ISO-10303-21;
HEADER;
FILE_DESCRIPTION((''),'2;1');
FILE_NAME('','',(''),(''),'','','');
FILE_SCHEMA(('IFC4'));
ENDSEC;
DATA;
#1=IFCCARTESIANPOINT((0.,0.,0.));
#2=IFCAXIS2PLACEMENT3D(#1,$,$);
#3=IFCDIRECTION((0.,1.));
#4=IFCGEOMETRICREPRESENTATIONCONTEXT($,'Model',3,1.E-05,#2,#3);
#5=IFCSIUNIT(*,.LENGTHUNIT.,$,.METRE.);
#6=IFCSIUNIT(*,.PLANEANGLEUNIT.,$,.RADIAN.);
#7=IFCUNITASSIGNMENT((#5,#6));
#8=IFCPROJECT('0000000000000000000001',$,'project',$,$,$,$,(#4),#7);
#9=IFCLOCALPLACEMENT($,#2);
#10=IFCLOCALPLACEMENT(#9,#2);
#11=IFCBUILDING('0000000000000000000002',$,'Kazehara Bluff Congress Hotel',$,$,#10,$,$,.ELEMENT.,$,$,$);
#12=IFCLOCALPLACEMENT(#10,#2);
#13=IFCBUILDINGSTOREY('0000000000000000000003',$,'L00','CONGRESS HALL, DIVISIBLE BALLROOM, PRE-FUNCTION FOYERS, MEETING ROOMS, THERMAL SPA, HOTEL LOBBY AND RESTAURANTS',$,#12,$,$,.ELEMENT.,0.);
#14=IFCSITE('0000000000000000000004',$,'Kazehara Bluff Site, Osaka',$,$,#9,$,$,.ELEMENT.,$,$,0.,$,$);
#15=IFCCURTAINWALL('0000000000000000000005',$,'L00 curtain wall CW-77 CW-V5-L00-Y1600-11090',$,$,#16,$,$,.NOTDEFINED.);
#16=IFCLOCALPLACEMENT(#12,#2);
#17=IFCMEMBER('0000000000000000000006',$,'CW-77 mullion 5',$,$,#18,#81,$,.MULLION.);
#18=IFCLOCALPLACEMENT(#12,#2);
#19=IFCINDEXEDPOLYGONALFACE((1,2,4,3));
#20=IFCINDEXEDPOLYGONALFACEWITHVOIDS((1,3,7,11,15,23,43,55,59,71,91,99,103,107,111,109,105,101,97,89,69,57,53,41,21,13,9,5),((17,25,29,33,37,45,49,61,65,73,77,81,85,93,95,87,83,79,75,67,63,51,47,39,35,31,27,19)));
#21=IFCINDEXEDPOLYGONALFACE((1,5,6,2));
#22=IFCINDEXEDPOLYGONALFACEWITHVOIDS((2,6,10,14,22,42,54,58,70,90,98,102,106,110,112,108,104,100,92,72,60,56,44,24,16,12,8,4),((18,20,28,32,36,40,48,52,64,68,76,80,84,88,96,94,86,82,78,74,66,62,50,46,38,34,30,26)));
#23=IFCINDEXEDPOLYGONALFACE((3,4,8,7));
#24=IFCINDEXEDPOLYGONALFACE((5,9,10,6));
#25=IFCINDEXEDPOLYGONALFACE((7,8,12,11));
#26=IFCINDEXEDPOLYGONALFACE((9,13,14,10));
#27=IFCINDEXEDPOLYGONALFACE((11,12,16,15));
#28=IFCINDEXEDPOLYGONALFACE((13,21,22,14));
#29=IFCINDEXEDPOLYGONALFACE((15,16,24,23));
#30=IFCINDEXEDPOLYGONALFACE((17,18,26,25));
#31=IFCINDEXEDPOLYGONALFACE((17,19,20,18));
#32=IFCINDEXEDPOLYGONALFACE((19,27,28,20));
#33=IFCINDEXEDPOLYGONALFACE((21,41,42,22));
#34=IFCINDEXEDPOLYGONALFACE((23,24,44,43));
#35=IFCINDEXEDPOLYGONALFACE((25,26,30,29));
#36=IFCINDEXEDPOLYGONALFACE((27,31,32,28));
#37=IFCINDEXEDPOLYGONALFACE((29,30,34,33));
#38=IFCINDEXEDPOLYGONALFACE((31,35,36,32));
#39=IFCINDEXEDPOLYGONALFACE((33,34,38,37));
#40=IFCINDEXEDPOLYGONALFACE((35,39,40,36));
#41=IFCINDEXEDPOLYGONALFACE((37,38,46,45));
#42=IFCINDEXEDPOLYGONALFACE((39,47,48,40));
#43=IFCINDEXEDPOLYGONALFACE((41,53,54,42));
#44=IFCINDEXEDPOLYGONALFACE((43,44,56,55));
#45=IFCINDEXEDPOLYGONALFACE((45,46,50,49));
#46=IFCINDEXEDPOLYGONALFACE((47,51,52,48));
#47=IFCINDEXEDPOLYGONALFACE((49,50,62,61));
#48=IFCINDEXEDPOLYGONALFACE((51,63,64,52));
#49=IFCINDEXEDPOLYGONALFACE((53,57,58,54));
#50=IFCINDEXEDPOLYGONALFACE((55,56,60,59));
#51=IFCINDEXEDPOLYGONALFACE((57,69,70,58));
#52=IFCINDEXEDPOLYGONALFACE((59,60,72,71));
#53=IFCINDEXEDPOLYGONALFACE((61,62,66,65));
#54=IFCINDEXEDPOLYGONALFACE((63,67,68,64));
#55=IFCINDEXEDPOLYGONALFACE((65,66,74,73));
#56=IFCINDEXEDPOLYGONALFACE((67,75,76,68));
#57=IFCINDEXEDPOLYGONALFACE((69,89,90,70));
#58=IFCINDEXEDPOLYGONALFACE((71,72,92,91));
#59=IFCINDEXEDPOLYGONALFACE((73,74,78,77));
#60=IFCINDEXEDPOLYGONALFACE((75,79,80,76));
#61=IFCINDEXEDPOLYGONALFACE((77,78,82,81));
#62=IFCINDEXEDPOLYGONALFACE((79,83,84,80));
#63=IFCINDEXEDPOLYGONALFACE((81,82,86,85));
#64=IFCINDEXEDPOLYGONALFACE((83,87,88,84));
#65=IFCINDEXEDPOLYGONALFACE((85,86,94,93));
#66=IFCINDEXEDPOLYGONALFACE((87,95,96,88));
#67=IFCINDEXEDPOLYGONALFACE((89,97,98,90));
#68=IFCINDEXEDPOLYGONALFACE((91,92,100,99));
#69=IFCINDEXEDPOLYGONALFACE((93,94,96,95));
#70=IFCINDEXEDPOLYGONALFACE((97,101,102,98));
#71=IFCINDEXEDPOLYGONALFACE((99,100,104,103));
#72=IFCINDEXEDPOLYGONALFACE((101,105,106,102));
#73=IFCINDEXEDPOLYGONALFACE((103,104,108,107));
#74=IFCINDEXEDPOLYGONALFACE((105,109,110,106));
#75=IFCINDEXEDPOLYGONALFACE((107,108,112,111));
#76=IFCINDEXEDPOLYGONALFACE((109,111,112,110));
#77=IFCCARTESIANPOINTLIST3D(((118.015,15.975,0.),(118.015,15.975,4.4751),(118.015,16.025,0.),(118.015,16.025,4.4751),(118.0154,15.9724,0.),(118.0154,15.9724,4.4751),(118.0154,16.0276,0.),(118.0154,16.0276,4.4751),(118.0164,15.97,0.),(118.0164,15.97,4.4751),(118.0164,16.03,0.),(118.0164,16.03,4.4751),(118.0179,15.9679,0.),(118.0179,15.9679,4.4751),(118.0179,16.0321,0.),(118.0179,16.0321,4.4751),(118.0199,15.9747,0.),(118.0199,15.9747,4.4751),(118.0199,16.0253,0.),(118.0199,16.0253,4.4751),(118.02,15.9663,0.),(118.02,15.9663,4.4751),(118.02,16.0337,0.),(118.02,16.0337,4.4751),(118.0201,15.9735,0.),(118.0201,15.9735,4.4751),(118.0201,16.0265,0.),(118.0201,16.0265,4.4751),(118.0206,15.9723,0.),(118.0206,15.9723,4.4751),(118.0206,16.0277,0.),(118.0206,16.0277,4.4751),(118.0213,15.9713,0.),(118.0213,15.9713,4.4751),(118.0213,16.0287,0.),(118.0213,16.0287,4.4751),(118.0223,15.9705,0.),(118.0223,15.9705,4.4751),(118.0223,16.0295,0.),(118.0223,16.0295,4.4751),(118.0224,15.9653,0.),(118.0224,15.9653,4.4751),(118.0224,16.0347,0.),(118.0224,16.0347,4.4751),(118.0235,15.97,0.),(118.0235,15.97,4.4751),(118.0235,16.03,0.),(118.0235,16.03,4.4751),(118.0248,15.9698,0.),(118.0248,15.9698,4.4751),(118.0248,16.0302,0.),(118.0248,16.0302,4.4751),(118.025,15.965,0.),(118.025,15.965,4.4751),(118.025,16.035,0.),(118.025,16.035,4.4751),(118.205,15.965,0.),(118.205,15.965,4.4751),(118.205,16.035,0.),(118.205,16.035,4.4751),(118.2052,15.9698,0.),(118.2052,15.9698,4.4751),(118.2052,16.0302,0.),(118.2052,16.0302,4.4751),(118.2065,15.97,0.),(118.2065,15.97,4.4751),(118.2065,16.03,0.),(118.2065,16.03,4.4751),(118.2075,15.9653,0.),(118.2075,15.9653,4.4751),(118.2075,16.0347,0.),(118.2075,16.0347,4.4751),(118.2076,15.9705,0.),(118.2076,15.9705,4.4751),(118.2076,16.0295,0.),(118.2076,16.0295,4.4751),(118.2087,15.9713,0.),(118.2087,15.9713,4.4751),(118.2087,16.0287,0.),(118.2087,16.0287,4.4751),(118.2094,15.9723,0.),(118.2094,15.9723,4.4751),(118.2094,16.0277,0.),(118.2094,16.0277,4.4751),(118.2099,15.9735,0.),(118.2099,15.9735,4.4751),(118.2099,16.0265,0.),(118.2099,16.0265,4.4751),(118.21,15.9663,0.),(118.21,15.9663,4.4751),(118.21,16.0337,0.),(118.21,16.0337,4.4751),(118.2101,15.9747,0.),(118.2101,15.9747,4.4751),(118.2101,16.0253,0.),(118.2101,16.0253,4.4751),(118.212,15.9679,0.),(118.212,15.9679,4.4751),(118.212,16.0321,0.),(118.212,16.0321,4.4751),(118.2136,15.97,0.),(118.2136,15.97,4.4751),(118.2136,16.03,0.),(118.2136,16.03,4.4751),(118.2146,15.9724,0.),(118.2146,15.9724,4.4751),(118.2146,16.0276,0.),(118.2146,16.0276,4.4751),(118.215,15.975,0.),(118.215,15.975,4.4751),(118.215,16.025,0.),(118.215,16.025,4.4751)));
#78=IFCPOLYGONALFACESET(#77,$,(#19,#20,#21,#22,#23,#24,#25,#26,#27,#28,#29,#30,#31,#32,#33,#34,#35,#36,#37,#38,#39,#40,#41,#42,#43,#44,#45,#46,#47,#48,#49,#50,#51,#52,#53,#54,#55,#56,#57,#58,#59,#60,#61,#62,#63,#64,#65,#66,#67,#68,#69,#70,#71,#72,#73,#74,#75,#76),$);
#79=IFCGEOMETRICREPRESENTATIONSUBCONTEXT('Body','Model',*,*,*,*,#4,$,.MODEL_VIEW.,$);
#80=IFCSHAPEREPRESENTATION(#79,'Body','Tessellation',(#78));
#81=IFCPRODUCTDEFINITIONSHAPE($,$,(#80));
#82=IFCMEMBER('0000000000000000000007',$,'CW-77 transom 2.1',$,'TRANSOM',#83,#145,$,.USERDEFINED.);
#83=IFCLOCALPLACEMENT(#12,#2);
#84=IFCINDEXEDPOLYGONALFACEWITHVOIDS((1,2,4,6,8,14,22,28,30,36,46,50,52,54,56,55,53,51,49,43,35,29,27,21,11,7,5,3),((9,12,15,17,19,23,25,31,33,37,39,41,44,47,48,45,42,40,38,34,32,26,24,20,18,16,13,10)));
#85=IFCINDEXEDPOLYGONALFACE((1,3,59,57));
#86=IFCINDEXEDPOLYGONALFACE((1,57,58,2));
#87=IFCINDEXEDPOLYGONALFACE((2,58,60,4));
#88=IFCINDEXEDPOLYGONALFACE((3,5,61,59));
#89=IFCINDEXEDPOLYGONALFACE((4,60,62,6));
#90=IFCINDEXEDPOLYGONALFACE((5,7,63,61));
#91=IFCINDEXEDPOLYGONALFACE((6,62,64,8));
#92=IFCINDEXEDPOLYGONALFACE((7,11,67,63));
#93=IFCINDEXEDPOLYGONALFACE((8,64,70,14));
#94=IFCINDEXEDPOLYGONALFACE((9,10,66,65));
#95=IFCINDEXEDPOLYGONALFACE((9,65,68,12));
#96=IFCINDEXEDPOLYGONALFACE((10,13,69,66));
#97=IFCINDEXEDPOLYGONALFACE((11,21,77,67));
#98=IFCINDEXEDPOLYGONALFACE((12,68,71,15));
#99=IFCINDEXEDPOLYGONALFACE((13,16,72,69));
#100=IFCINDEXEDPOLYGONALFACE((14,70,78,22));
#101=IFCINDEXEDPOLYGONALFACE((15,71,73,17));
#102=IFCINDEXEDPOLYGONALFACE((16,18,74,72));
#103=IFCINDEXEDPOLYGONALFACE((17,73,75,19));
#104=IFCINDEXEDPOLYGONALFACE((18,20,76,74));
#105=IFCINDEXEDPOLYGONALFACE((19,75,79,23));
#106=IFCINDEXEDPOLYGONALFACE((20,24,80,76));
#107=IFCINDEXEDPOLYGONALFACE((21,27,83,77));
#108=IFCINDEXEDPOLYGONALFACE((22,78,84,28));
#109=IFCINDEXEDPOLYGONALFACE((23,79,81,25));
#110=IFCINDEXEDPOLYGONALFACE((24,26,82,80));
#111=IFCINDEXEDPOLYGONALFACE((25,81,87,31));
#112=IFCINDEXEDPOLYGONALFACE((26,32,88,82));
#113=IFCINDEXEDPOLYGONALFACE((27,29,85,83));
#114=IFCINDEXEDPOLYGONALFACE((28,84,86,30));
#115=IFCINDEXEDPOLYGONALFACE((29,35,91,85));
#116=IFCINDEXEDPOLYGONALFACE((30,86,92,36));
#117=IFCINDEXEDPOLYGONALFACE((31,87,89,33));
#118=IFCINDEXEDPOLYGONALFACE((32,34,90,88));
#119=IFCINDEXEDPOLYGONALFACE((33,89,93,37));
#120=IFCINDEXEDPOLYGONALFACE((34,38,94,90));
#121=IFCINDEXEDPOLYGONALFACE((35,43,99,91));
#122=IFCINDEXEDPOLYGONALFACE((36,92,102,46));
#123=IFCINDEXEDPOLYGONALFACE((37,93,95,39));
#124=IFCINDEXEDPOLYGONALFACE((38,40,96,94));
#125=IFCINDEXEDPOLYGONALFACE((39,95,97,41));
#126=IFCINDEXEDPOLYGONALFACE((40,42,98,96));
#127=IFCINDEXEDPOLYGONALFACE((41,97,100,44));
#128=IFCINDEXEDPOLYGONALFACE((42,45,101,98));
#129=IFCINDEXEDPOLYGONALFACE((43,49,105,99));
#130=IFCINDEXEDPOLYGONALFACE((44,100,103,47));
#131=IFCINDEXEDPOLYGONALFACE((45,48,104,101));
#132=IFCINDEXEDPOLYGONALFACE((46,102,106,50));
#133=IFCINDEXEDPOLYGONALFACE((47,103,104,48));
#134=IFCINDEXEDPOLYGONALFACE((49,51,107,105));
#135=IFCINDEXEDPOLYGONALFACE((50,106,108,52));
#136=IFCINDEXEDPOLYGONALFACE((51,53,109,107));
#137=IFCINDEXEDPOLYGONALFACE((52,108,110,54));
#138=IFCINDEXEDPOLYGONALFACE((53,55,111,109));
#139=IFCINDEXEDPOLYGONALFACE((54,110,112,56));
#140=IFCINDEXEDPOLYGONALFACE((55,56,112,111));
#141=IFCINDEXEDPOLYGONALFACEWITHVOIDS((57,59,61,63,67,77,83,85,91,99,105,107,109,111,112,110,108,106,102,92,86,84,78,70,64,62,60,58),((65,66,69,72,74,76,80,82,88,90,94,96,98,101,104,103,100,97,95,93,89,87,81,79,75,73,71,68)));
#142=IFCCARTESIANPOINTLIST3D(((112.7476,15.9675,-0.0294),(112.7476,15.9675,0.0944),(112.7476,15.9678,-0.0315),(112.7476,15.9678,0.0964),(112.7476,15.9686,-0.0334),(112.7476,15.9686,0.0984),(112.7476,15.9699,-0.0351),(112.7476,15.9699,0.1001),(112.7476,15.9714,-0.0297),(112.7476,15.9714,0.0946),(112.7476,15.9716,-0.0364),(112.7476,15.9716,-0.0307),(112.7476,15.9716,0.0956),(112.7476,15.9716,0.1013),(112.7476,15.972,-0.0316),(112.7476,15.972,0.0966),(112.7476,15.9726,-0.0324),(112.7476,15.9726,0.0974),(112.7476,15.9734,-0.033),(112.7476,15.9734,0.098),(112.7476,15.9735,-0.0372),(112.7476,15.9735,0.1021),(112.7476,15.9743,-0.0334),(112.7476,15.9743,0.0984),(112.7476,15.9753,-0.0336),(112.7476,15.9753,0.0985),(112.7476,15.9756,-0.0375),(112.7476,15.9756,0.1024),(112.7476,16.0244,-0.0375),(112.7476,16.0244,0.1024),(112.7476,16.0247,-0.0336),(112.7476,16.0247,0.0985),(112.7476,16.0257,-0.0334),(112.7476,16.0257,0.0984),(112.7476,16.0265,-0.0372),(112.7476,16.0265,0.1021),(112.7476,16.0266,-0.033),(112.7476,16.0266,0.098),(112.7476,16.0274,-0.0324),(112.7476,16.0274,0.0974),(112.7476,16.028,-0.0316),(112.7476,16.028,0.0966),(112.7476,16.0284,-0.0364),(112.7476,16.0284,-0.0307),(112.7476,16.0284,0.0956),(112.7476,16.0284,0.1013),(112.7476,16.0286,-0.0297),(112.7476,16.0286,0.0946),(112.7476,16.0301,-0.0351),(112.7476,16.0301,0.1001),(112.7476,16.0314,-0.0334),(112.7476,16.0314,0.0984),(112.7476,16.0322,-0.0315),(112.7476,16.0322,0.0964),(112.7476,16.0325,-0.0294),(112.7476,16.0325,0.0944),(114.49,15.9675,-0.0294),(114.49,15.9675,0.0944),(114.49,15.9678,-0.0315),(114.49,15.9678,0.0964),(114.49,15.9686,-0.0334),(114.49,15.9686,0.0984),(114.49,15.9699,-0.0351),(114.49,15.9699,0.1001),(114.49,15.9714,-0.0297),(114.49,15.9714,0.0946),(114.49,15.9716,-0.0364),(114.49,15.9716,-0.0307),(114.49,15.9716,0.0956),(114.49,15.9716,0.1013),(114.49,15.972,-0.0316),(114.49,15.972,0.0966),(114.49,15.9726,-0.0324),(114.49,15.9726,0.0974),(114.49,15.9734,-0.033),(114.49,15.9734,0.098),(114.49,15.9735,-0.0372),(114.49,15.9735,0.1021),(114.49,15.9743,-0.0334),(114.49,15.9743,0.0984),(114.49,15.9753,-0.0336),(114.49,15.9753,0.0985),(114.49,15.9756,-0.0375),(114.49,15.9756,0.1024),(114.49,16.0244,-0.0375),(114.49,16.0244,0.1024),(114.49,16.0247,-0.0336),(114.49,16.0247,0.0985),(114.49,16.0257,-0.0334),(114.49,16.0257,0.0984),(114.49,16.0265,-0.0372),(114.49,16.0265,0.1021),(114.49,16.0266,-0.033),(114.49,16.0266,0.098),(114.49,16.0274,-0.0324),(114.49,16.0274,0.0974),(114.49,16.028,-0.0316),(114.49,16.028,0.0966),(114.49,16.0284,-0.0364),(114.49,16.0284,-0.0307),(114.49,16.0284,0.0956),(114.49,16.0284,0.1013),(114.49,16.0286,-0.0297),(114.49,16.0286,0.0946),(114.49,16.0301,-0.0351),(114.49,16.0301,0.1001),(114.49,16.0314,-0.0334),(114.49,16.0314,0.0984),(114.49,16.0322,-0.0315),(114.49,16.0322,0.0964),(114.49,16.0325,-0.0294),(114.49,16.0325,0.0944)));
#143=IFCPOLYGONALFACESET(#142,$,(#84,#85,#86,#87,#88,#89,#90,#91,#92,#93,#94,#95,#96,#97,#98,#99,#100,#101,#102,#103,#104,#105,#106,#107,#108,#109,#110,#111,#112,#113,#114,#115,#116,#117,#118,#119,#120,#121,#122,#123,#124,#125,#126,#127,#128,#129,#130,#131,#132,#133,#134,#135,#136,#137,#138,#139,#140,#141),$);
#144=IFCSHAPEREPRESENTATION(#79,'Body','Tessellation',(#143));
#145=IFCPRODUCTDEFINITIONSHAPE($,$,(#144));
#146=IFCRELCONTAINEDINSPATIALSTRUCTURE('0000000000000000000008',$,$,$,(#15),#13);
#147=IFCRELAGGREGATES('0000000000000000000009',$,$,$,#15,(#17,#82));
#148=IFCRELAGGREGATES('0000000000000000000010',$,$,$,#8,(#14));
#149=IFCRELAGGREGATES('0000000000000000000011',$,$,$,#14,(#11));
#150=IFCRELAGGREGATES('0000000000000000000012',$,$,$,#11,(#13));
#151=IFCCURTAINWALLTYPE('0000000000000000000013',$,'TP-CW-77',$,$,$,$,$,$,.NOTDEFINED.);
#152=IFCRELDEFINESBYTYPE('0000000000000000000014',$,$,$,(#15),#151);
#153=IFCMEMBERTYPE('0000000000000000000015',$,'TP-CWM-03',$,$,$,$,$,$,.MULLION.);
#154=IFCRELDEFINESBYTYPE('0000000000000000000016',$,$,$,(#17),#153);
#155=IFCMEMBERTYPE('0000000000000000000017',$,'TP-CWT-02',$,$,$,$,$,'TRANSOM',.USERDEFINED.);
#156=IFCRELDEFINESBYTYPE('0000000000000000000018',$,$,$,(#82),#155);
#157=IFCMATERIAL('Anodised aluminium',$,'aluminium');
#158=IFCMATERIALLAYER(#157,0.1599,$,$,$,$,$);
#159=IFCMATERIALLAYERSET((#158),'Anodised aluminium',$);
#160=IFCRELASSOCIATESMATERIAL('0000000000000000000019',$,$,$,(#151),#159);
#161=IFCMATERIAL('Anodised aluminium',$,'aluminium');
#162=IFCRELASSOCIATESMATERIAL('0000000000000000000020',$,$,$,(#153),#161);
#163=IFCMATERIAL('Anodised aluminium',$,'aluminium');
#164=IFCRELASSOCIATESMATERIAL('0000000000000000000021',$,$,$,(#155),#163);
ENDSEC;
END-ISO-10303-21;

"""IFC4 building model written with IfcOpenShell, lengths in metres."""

from ifc_helpers import new_model, si_unit, direction, frame, origin, origin_2d, place, context, subcontext, project, spatial, hollow_rectangle, extrude, material, layer, layer_set, material_profile, profile_set, type_object, element, aggregate, save


model = new_model("IFC4")

# Units and contexts
model_context = context("Model", 3, precision=1e-05, world=origin(), true_north=direction((0.0, 1.0)))
body_context = subcontext(model_context, "Body", "Model", "MODEL_VIEW")
ifc_project = project(units=[si_unit("LENGTHUNIT", "METRE"), si_unit("PLANEANGLEUNIT", "RADIAN")], contexts=[model_context])

# Site, building, storey
site_placement = place(None, origin())
site = spatial("IfcSite", under=ifc_project, at=site_placement, Name="Kazehara Bluff Site, Osaka", CompositionType="ELEMENT", RefElevation=0.0)
building_placement = place(site_placement, origin())
building = spatial("IfcBuilding", under=site, at=building_placement, Name="Kazehara Bluff Congress Hotel", CompositionType="ELEMENT")
storey_placement = place(building_placement, origin())
storey = spatial("IfcBuildingStorey", under=building, at=storey_placement, Name="L00", Description="CONGRESS HALL, DIVISIBLE BALLROOM, PRE-FUNCTION FOYERS, MEETING ROOMS, THERMAL SPA, HOTEL LOBBY AND RESTAURANTS", CompositionType="ELEMENT", Elevation=0.0)

# Curtain wall, members
ifc_material_1 = material(Name="Anodised aluminium", Category="aluminium")
ifc_layer_1 = layer(ifc_material_1, 0.1599)
ifc_layer_set_1 = layer_set([ifc_layer_1], Name="Anodised aluminium")
curtain_wall_type = type_object("IfcCurtainWallType", Name="TP-CW-77", PredefinedType="NOTDEFINED", material=ifc_layer_set_1)
curtain_wall_placement = place(storey_placement, origin())
curtain_wall = element("IfcCurtainWall", 1, at=curtain_wall_placement, inside=storey, type_object=curtain_wall_type, Name="L00 curtain wall CW-77 CW-V5-L00-Y1600-11090", PredefinedType="NOTDEFINED")
ifc_material_2 = material(Name="Anodised aluminium", Category="aluminium")
ifc_material_profile_1 = material_profile(ifc_material_2, hollow_rectangle(XDim=0.0701, YDim=0.2, WallThickness=0.0049, InnerFilletRadius=0.0049, OuterFilletRadius=0.01, at=origin_2d()))
ifc_profile_set_1 = profile_set([ifc_material_profile_1], Name="Anodised aluminium")
member_type_1 = type_object("IfcMemberType", Name="TP-CWM-03", PredefinedType="MULLION", material=ifc_profile_set_1)
member_1_placement = place(storey_placement, frame((118.115, 16.0, 0.0), z_axis=(0.0, 0.0, 1.0), x_axis=(0.0, 1.0, 0.0)))
member_1 = element("IfcMember", 2, at=member_1_placement, type_object=member_type_1, Name="CW-77 mullion 5", PredefinedType="MULLION", context=body_context, shape_type="SweptSolid", body=[
    extrude(hollow_rectangle(XDim=0.0701, YDim=0.2, WallThickness=0.0049, InnerFilletRadius=0.0049, OuterFilletRadius=0.01, at=origin_2d()), origin(), (0.0, 0.0, 1.0), 4.4751),
])
ifc_material_3 = material(Name="Anodised aluminium", Category="aluminium")
ifc_material_profile_2 = material_profile(ifc_material_3, hollow_rectangle(XDim=0.0649, YDim=0.1399, WallThickness=0.0039, InnerFilletRadius=0.0039, OuterFilletRadius=0.0081, at=origin_2d()))
ifc_profile_set_2 = profile_set([ifc_material_profile_2], Name="Anodised aluminium")
member_type_2 = type_object("IfcMemberType", Name="TP-CWT-02", ElementType="TRANSOM", PredefinedType="USERDEFINED", material=ifc_profile_set_2)
member_2_placement = place(storey_placement, frame((112.7476, 16.0, 0.0325), z_axis=(1.0, 0.0, 0.0), x_axis=(0.0, 1.0, 0.0)))
member_2 = element("IfcMember", 3, at=member_2_placement, type_object=member_type_2, Name="CW-77 transom 2.1", ObjectType="TRANSOM", PredefinedType="USERDEFINED", context=body_context, shape_type="SweptSolid", body=[
    extrude(hollow_rectangle(XDim=0.0649, YDim=0.1399, WallThickness=0.0039, InnerFilletRadius=0.0039, OuterFilletRadius=0.0081, at=origin_2d()), origin(), (0.0, 0.0, 1.0), 1.7424),
])

aggregate(curtain_wall, [member_1, member_2])

save(model, "model.ifc")
